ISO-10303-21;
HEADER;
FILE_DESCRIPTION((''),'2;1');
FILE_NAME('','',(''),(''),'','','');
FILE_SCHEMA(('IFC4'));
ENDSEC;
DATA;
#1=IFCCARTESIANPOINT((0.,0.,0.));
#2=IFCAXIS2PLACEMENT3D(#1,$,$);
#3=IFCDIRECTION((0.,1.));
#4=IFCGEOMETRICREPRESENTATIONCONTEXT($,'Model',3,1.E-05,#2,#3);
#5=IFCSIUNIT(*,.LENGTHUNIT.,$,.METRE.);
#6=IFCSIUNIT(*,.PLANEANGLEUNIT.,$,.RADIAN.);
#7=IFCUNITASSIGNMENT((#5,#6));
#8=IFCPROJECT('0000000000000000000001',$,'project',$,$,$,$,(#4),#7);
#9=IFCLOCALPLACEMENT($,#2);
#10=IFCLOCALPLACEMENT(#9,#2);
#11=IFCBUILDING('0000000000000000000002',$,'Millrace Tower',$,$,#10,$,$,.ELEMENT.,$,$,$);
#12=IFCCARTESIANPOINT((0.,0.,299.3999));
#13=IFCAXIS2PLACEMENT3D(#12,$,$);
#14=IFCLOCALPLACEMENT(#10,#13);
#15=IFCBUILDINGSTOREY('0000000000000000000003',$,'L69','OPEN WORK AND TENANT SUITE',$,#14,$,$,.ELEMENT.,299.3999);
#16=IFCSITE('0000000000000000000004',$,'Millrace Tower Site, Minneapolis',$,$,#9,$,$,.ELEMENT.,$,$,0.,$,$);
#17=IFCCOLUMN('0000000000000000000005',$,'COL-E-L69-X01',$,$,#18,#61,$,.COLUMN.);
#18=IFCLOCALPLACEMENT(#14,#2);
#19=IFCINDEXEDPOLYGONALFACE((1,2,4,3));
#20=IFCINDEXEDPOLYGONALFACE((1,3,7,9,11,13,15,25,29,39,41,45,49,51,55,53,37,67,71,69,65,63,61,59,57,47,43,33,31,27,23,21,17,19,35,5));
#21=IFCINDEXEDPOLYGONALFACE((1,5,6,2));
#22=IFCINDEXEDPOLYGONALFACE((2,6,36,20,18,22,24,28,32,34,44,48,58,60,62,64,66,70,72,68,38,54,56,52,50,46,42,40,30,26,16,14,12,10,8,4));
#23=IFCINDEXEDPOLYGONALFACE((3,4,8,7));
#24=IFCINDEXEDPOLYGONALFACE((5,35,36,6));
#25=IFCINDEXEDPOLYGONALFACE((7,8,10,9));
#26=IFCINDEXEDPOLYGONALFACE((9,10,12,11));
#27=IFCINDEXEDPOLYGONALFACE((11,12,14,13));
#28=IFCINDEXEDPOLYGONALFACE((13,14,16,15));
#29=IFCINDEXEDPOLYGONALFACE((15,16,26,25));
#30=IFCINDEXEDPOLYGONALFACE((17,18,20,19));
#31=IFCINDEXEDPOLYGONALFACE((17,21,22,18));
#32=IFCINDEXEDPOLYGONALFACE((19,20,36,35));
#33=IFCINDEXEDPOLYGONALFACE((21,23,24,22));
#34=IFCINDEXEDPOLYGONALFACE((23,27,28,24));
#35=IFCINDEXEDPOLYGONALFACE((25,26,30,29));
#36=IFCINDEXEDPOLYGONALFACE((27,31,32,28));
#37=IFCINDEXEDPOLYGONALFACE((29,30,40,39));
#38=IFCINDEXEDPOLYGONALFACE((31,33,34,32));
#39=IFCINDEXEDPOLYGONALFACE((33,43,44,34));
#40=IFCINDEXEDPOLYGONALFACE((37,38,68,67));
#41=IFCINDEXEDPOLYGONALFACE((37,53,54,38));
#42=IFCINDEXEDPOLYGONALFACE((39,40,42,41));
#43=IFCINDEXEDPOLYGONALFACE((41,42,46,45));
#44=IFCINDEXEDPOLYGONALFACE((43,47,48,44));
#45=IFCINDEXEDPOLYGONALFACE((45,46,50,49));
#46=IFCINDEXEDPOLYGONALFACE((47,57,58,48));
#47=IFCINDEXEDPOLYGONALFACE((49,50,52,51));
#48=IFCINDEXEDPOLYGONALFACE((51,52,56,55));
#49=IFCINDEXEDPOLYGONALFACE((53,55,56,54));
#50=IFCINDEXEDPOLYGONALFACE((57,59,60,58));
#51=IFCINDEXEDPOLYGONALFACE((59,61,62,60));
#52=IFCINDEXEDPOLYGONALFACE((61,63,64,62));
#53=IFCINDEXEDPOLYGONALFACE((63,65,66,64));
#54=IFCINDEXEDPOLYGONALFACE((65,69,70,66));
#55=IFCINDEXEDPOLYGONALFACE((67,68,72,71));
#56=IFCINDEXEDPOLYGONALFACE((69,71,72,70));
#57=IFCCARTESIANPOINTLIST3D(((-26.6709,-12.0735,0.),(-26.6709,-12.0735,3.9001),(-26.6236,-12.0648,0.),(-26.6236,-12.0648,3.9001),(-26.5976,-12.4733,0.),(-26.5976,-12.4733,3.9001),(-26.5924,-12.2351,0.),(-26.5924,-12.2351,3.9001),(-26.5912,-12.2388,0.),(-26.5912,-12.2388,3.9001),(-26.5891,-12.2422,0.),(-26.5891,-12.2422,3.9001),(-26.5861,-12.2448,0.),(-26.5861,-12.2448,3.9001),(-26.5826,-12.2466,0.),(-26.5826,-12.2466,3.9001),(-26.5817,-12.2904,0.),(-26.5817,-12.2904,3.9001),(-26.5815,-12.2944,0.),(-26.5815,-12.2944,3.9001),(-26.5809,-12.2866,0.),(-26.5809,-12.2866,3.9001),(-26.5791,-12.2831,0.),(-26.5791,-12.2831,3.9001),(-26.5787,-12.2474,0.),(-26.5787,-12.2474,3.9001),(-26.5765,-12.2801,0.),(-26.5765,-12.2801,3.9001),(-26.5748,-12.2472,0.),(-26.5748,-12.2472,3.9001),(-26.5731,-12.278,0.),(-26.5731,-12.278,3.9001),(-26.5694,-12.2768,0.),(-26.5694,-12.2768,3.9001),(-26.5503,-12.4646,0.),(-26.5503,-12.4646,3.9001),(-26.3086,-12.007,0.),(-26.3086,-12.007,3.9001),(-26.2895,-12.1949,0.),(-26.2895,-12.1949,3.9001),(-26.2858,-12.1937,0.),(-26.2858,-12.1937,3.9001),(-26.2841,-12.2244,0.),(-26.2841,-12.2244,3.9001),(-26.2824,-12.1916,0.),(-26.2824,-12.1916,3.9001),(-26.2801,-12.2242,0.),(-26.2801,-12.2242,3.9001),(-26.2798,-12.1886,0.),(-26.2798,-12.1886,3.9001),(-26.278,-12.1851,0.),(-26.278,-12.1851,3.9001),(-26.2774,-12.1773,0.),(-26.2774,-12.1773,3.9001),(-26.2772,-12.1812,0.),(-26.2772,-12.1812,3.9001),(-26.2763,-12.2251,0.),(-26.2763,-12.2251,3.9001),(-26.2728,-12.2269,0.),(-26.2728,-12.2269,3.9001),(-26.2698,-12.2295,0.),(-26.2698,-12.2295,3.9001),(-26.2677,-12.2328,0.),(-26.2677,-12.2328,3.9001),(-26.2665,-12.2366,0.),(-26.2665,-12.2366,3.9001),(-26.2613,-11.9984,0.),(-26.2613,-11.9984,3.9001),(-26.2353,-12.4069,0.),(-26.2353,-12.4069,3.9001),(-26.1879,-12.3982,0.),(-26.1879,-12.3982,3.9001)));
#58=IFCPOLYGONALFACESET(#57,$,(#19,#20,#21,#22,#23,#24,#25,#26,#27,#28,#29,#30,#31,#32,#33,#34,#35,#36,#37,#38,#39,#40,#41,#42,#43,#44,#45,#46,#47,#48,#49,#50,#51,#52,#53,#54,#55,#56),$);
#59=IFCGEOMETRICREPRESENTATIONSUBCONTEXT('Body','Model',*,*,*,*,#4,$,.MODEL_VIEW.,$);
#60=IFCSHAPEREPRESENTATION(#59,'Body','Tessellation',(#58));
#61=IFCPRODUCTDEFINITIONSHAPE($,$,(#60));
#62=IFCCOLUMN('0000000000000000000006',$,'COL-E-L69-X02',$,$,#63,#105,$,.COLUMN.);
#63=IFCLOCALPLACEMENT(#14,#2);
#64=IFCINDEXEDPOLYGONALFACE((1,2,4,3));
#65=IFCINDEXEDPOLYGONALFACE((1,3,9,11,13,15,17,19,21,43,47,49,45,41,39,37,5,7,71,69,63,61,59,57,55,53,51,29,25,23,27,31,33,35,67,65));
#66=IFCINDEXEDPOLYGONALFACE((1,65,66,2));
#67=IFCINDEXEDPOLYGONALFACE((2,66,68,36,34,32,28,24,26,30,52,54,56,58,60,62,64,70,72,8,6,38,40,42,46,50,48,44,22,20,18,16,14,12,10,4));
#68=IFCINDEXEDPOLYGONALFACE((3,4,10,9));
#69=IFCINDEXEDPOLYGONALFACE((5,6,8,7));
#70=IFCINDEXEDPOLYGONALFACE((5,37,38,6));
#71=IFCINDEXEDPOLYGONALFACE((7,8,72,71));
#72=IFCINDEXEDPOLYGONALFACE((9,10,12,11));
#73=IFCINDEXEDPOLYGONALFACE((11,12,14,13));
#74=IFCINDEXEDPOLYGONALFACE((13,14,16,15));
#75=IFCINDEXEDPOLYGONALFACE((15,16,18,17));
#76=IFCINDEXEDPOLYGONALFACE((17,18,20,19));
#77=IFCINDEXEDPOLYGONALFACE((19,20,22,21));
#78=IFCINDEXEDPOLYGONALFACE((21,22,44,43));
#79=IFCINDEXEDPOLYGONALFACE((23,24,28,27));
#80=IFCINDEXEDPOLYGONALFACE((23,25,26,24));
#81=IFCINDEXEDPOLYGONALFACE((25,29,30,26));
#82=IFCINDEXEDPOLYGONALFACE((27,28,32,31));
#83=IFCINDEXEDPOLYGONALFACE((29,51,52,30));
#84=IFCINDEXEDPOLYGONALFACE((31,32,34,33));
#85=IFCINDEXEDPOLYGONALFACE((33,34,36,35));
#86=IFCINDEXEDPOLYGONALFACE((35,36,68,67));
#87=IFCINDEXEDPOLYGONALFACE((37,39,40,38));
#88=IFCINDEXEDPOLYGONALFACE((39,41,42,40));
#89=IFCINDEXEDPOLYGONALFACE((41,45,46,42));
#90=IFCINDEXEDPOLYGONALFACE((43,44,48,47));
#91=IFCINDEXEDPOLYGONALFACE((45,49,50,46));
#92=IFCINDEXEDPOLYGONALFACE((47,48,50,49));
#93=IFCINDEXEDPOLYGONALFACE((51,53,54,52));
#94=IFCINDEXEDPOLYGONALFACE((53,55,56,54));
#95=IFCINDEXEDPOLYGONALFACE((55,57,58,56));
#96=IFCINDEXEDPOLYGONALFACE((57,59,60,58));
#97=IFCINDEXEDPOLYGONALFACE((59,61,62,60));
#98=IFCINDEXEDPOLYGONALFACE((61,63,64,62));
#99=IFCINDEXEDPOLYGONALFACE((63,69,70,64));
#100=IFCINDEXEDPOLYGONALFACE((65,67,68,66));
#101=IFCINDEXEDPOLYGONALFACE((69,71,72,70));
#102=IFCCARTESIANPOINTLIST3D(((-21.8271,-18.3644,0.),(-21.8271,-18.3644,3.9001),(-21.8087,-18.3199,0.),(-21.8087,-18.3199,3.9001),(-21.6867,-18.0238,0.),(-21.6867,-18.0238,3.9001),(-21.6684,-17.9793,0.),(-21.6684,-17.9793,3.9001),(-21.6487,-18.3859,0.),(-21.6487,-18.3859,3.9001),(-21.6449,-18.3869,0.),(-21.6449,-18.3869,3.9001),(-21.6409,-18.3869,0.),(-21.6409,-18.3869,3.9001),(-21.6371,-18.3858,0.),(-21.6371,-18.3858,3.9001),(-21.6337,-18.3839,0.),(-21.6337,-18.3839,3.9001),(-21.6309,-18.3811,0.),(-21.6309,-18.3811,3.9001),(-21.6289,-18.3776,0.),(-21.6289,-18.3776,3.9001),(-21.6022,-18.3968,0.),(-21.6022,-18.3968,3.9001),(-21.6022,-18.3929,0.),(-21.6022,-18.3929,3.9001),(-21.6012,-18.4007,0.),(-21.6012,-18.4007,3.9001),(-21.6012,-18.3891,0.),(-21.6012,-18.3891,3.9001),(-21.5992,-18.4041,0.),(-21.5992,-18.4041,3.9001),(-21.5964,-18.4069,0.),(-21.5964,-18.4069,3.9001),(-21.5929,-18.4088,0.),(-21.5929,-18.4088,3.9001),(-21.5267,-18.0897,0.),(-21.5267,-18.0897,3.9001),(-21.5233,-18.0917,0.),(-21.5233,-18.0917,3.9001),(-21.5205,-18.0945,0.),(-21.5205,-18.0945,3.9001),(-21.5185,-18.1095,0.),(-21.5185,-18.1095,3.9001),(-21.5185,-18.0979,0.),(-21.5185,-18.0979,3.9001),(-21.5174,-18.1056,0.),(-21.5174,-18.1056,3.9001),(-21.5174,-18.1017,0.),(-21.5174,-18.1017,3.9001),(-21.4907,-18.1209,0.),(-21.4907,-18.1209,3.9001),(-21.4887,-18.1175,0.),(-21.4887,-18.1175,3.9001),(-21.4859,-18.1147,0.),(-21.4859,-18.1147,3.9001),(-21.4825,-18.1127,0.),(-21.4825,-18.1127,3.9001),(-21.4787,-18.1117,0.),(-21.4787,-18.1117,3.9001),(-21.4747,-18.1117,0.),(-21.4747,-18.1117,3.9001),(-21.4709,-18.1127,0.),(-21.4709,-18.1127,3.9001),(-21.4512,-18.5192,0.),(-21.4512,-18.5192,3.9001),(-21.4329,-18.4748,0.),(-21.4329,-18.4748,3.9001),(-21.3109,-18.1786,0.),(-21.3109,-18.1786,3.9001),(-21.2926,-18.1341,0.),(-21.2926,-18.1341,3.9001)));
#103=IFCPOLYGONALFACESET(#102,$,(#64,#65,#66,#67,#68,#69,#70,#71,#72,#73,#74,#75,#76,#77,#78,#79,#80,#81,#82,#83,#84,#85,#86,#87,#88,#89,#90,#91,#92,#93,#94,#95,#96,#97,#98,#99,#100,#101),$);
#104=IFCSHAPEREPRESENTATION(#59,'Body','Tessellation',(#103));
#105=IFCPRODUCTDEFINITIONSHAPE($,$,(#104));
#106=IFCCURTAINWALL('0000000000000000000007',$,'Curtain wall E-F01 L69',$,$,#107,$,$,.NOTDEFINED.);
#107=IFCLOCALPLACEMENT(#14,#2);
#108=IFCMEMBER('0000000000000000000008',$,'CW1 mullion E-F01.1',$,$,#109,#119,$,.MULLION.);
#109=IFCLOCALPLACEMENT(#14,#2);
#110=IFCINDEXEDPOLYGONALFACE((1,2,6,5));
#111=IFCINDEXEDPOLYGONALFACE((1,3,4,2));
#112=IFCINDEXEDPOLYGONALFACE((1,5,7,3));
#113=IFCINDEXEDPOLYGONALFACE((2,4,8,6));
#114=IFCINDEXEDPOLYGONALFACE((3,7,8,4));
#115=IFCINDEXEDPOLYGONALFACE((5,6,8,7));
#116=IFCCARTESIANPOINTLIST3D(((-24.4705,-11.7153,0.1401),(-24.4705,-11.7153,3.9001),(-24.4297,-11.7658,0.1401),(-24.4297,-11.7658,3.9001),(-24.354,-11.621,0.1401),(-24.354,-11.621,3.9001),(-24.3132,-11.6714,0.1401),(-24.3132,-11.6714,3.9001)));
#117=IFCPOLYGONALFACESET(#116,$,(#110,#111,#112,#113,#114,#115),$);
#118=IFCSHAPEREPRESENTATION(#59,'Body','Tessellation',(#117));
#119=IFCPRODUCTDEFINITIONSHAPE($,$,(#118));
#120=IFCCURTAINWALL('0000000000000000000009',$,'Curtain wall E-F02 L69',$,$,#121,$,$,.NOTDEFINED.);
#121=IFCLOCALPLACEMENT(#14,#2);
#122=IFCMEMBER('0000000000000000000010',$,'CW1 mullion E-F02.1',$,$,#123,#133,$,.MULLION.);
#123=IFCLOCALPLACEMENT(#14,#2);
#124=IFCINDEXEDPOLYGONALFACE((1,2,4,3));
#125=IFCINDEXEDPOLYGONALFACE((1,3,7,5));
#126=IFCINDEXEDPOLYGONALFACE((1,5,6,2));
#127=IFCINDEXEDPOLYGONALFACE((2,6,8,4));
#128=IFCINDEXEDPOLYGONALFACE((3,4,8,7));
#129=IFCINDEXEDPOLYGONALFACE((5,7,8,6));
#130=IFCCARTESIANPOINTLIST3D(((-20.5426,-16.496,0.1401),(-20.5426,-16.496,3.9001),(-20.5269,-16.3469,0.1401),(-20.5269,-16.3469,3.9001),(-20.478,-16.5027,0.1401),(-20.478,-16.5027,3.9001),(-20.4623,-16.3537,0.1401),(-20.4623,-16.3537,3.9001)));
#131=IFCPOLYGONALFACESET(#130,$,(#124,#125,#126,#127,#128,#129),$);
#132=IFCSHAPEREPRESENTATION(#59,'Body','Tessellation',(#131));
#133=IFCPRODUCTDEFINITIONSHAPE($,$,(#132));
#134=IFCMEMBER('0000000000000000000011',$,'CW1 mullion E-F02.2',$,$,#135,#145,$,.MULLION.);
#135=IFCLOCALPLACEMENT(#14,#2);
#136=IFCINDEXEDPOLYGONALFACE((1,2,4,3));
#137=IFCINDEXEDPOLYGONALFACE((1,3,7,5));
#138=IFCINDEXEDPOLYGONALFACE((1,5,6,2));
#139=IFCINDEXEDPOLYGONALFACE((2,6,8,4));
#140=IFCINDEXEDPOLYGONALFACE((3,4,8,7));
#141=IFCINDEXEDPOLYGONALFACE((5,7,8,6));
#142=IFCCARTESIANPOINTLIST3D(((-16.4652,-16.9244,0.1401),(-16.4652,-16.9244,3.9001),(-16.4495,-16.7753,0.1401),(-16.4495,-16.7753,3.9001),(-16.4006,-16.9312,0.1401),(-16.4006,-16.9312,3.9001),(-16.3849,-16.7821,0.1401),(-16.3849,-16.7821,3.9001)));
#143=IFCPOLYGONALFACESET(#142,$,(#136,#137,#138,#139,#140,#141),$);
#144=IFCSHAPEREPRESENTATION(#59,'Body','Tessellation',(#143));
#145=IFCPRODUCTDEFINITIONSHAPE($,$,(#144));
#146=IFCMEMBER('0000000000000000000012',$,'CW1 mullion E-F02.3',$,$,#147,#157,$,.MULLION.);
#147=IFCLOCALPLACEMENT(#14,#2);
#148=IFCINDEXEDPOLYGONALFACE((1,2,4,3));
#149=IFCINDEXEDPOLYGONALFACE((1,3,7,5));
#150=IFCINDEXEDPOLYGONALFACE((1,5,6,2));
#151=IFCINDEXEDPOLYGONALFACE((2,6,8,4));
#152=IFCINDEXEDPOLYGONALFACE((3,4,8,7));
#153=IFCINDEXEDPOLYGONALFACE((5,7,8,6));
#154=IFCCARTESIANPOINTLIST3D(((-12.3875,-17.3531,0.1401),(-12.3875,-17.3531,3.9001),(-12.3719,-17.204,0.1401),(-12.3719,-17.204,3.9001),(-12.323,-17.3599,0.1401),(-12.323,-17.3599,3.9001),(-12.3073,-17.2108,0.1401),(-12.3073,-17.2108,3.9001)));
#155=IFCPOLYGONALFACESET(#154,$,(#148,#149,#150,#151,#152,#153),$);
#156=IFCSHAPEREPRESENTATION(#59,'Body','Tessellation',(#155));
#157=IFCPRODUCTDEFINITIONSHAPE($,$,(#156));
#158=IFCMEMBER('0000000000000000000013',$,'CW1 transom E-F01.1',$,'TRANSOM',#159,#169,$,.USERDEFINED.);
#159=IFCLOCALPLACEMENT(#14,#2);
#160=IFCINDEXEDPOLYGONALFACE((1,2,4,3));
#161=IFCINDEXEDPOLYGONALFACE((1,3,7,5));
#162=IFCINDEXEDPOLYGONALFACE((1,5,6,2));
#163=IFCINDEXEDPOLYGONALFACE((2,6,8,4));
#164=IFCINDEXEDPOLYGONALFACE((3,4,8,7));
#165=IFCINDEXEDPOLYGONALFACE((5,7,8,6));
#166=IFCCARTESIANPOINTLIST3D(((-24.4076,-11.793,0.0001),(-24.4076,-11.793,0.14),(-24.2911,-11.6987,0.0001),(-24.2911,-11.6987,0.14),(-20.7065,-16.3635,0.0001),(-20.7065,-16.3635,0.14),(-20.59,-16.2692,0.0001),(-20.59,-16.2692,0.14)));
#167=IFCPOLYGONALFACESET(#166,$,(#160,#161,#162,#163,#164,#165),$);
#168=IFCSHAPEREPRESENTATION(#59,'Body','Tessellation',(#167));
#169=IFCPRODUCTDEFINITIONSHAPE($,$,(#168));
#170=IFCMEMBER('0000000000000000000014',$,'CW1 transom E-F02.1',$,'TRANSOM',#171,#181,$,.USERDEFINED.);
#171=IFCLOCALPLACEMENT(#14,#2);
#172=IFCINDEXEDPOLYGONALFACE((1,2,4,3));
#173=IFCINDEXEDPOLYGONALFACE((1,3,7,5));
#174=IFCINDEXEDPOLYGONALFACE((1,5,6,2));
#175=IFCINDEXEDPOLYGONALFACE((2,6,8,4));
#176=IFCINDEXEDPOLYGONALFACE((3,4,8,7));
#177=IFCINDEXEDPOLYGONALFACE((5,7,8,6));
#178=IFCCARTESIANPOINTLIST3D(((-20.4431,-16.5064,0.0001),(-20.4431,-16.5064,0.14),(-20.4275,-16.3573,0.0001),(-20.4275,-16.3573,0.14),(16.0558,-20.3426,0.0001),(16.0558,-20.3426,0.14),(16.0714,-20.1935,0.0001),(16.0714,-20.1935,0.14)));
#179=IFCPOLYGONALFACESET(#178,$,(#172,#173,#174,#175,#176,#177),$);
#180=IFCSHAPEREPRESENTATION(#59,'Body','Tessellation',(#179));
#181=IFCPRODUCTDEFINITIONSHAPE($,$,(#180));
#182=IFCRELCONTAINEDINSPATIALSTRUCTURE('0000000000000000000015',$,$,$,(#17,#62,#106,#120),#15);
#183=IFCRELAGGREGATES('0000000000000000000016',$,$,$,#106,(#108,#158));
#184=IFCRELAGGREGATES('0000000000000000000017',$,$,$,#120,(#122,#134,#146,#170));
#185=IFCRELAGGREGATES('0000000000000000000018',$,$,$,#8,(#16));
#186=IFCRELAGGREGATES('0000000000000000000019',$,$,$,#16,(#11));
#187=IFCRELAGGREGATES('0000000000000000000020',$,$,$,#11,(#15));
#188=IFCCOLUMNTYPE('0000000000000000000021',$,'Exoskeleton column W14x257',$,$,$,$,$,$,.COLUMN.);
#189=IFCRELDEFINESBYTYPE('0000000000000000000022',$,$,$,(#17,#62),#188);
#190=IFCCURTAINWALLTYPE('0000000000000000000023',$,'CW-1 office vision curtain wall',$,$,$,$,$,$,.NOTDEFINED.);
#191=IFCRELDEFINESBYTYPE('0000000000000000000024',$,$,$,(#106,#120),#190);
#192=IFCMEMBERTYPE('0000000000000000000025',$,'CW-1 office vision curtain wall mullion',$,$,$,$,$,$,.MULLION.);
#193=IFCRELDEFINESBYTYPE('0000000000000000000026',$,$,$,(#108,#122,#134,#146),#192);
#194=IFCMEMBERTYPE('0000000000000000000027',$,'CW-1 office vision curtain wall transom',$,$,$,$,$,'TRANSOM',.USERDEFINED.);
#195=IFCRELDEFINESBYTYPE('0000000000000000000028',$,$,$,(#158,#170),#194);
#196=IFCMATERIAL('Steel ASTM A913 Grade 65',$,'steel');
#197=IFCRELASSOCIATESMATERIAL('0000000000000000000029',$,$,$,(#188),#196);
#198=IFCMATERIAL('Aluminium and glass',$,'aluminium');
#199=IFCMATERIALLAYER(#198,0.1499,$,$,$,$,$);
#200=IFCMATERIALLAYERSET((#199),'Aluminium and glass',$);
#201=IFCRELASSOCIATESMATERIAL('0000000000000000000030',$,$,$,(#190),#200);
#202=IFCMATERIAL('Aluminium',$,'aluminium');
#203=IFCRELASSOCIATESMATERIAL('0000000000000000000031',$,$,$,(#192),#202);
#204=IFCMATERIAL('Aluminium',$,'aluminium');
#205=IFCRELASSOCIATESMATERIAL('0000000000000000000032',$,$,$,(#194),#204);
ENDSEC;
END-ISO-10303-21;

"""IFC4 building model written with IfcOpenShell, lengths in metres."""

from ifc_helpers import new_model, si_unit, direction, frame, origin, origin_2d, place, context, subcontext, project, spatial, rectangle, i_section, extrude, material, layer, layer_set, material_profile, profile_set, type_object, element, aggregate, save


model = new_model("IFC4")

# Units and contexts
model_context = context("Model", 3, precision=1e-05, world=origin(), true_north=direction((0.0, 1.0)))
body_context = subcontext(model_context, "Body", "Model", "MODEL_VIEW")
ifc_project = project(units=[si_unit("LENGTHUNIT", "METRE"), si_unit("PLANEANGLEUNIT", "RADIAN")], contexts=[model_context])

# Site, building, storey
site_placement = place(None, origin())
site = spatial("IfcSite", under=ifc_project, at=site_placement, Name="Millrace Tower Site, Minneapolis", CompositionType="ELEMENT", RefElevation=0.0)
building_placement = place(site_placement, origin())
building = spatial("IfcBuilding", under=site, at=building_placement, Name="Millrace Tower", CompositionType="ELEMENT")
storey_placement = place(building_placement, frame((0.0, 0.0, 299.3999)))
storey = spatial("IfcBuildingStorey", under=building, at=storey_placement, Name="L69", Description="OPEN WORK AND TENANT SUITE", CompositionType="ELEMENT", Elevation=299.3999)

# Columns
ifc_material_1 = material(Name="Steel ASTM A913 Grade 65", Category="steel")
ifc_material_profile_1 = material_profile(ifc_material_1, i_section(OverallWidth=0.4065, OverallDepth=0.4165, WebThickness=0.03, FlangeThickness=0.0481, FilletRadius=0.0151, at=origin_2d()))
ifc_profile_set_1 = profile_set([ifc_material_profile_1], Name="Steel ASTM A913 Grade 65")
column_type = type_object("IfcColumnType", Name="Exoskeleton column W14x257", PredefinedType="COLUMN", material=ifc_profile_set_1)
for number, where, z_axis, x_axis, name in (
    (1, (-26.4294, -12.2358, 0.0), (0.0, 0.0, 1.0), (0.180387, -0.983596, 0.0), "COL-E-L69-X01"),
    (2, (-21.5598, -18.2493, 0.0), (0.0, 0.0, 1.0), (0.924597, -0.380947, 0.0), "COL-E-L69-X02"),
):
    element("IfcColumn", number, at=place(storey_placement, frame(where, z_axis=z_axis, x_axis=x_axis)), inside=storey, type_object=column_type, Name=name, PredefinedType="COLUMN", context=body_context, shape_type="SweptSolid", body=[
        extrude(i_section(OverallWidth=0.4065, OverallDepth=0.4165, WebThickness=0.03, FlangeThickness=0.0481, FilletRadius=0.0151, at=origin_2d()), origin(), (0.0, 0.0, 1.0), 3.9001),
    ])

# Curtain wall, member
ifc_material_2 = material(Name="Aluminium and glass", Category="aluminium")
ifc_layer_1 = layer(ifc_material_2, 0.1499)
ifc_layer_set_1 = layer_set([ifc_layer_1], Name="Aluminium and glass")
curtain_wall_type = type_object("IfcCurtainWallType", Name="CW-1 office vision curtain wall", PredefinedType="NOTDEFINED", material=ifc_layer_set_1)
placement = place(storey_placement, origin())
curtain_wall_1 = element("IfcCurtainWall", 3, at=placement, inside=storey, type_object=curtain_wall_type, Name="Curtain wall E-F01 L69", PredefinedType="NOTDEFINED")
ifc_material_3 = material(Name="Aluminium", Category="aluminium")
ifc_material_profile_2 = material_profile(ifc_material_3, rectangle(XDim=0.0649, YDim=0.1499, at=origin_2d()))
ifc_profile_set_2 = profile_set([ifc_material_profile_2], Name="Aluminium")
member_type_1 = type_object("IfcMemberType", Name="CW-1 office vision curtain wall mullion", PredefinedType="MULLION", material=ifc_profile_set_2)
member_1_placement = place(storey_placement, frame((-24.3918, -11.6934, 0.1401), z_axis=(0.0, 0.0, 1.0), x_axis=(0.62932, -0.777146, 0.0)))
member_1 = element("IfcMember", 4, at=member_1_placement, type_object=member_type_1, Name="CW1 mullion E-F01.1", PredefinedType="MULLION", context=body_context, shape_type="SweptSolid", body=[
    extrude(rectangle(XDim=0.0649, YDim=0.1499, at=origin_2d()), origin(), (0.0, 0.0, 1.0), 3.76),
])

# Curtain wall, members
curtain_wall_2 = element("IfcCurtainWall", 5, at=placement, inside=storey, type_object=curtain_wall_type, Name="Curtain wall E-F02 L69", PredefinedType="NOTDEFINED")
member_2_placement = place(storey_placement, frame((-20.5024, -16.4248, 0.1401), z_axis=(0.0, 0.0, 1.0), x_axis=(0.994522, -0.104528, 0.0)))
member_2 = element("IfcMember", 6, at=member_2_placement, type_object=member_type_1, Name="CW1 mullion E-F02.1", PredefinedType="MULLION", context=body_context, shape_type="SweptSolid", body=[
    extrude(rectangle(XDim=0.0649, YDim=0.1499, at=origin_2d()), origin(), (0.0, 0.0, 1.0), 3.76),
])
member_3_placement = place(storey_placement, frame((-16.425, -16.8533, 0.1401), z_axis=(0.0, 0.0, 1.0), x_axis=(0.994522, -0.104528, 0.0)))
member_3 = element("IfcMember", 7, at=member_3_placement, type_object=member_type_1, Name="CW1 mullion E-F02.2", PredefinedType="MULLION", context=body_context, shape_type="SweptSolid", body=[
    extrude(rectangle(XDim=0.0649, YDim=0.1499, at=origin_2d()), origin(), (0.0, 0.0, 1.0), 3.76),
])
member_4_placement = place(storey_placement, frame((-12.3474, -17.282, 0.1401), z_axis=(0.0, 0.0, 1.0), x_axis=(0.994522, -0.104528, 0.0)))
member_4 = element("IfcMember", 8, at=member_4_placement, type_object=member_type_1, Name="CW1 mullion E-F02.3", PredefinedType="MULLION", context=body_context, shape_type="SweptSolid", body=[
    extrude(rectangle(XDim=0.0649, YDim=0.1499, at=origin_2d()), origin(), (0.0, 0.0, 1.0), 3.76),
])

# Members
ifc_material_4 = material(Name="Aluminium", Category="aluminium")
ifc_material_profile_3 = material_profile(ifc_material_4, rectangle(XDim=0.1499, YDim=0.1399, at=origin_2d()))
ifc_profile_set_3 = profile_set([ifc_material_profile_3], Name="Aluminium")
member_type_2 = type_object("IfcMemberType", Name="CW-1 office vision curtain wall transom", ElementType="TRANSOM", PredefinedType="USERDEFINED", material=ifc_profile_set_3)
member_5_placement = place(storey_placement, frame((-24.3494, -11.7458, 0.0701), z_axis=(0.629321, -0.777145, 0.0), x_axis=(0.777145, 0.629321, 0.0)))
member_5 = element("IfcMember", 9, at=member_5_placement, type_object=member_type_2, Name="CW1 transom E-F01.1", ObjectType="TRANSOM", PredefinedType="USERDEFINED", context=body_context, shape_type="SweptSolid", body=[
    extrude(rectangle(XDim=0.1499, YDim=0.1399, at=origin_2d()), origin(), (0.0, 0.0, 1.0), 5.8811),
])
aggregate(curtain_wall_1, [member_1, member_5])
member_6_placement = place(storey_placement, frame((-20.4353, -16.4319, 0.0701), z_axis=(0.994522, -0.104528, 0.0), x_axis=(0.104528, 0.994522, 0.0)))
member_6 = element("IfcMember", 10, at=member_6_placement, type_object=member_type_2, Name="CW1 transom E-F02.1", ObjectType="TRANSOM", PredefinedType="USERDEFINED", context=body_context, shape_type="SweptSolid", body=[
    extrude(rectangle(XDim=0.1499, YDim=0.1399, at=origin_2d()), origin(), (0.0, 0.0, 1.0), 36.7),
])
aggregate(curtain_wall_2, [member_2, member_3, member_4, member_6])

save(model, "model.ifc")
